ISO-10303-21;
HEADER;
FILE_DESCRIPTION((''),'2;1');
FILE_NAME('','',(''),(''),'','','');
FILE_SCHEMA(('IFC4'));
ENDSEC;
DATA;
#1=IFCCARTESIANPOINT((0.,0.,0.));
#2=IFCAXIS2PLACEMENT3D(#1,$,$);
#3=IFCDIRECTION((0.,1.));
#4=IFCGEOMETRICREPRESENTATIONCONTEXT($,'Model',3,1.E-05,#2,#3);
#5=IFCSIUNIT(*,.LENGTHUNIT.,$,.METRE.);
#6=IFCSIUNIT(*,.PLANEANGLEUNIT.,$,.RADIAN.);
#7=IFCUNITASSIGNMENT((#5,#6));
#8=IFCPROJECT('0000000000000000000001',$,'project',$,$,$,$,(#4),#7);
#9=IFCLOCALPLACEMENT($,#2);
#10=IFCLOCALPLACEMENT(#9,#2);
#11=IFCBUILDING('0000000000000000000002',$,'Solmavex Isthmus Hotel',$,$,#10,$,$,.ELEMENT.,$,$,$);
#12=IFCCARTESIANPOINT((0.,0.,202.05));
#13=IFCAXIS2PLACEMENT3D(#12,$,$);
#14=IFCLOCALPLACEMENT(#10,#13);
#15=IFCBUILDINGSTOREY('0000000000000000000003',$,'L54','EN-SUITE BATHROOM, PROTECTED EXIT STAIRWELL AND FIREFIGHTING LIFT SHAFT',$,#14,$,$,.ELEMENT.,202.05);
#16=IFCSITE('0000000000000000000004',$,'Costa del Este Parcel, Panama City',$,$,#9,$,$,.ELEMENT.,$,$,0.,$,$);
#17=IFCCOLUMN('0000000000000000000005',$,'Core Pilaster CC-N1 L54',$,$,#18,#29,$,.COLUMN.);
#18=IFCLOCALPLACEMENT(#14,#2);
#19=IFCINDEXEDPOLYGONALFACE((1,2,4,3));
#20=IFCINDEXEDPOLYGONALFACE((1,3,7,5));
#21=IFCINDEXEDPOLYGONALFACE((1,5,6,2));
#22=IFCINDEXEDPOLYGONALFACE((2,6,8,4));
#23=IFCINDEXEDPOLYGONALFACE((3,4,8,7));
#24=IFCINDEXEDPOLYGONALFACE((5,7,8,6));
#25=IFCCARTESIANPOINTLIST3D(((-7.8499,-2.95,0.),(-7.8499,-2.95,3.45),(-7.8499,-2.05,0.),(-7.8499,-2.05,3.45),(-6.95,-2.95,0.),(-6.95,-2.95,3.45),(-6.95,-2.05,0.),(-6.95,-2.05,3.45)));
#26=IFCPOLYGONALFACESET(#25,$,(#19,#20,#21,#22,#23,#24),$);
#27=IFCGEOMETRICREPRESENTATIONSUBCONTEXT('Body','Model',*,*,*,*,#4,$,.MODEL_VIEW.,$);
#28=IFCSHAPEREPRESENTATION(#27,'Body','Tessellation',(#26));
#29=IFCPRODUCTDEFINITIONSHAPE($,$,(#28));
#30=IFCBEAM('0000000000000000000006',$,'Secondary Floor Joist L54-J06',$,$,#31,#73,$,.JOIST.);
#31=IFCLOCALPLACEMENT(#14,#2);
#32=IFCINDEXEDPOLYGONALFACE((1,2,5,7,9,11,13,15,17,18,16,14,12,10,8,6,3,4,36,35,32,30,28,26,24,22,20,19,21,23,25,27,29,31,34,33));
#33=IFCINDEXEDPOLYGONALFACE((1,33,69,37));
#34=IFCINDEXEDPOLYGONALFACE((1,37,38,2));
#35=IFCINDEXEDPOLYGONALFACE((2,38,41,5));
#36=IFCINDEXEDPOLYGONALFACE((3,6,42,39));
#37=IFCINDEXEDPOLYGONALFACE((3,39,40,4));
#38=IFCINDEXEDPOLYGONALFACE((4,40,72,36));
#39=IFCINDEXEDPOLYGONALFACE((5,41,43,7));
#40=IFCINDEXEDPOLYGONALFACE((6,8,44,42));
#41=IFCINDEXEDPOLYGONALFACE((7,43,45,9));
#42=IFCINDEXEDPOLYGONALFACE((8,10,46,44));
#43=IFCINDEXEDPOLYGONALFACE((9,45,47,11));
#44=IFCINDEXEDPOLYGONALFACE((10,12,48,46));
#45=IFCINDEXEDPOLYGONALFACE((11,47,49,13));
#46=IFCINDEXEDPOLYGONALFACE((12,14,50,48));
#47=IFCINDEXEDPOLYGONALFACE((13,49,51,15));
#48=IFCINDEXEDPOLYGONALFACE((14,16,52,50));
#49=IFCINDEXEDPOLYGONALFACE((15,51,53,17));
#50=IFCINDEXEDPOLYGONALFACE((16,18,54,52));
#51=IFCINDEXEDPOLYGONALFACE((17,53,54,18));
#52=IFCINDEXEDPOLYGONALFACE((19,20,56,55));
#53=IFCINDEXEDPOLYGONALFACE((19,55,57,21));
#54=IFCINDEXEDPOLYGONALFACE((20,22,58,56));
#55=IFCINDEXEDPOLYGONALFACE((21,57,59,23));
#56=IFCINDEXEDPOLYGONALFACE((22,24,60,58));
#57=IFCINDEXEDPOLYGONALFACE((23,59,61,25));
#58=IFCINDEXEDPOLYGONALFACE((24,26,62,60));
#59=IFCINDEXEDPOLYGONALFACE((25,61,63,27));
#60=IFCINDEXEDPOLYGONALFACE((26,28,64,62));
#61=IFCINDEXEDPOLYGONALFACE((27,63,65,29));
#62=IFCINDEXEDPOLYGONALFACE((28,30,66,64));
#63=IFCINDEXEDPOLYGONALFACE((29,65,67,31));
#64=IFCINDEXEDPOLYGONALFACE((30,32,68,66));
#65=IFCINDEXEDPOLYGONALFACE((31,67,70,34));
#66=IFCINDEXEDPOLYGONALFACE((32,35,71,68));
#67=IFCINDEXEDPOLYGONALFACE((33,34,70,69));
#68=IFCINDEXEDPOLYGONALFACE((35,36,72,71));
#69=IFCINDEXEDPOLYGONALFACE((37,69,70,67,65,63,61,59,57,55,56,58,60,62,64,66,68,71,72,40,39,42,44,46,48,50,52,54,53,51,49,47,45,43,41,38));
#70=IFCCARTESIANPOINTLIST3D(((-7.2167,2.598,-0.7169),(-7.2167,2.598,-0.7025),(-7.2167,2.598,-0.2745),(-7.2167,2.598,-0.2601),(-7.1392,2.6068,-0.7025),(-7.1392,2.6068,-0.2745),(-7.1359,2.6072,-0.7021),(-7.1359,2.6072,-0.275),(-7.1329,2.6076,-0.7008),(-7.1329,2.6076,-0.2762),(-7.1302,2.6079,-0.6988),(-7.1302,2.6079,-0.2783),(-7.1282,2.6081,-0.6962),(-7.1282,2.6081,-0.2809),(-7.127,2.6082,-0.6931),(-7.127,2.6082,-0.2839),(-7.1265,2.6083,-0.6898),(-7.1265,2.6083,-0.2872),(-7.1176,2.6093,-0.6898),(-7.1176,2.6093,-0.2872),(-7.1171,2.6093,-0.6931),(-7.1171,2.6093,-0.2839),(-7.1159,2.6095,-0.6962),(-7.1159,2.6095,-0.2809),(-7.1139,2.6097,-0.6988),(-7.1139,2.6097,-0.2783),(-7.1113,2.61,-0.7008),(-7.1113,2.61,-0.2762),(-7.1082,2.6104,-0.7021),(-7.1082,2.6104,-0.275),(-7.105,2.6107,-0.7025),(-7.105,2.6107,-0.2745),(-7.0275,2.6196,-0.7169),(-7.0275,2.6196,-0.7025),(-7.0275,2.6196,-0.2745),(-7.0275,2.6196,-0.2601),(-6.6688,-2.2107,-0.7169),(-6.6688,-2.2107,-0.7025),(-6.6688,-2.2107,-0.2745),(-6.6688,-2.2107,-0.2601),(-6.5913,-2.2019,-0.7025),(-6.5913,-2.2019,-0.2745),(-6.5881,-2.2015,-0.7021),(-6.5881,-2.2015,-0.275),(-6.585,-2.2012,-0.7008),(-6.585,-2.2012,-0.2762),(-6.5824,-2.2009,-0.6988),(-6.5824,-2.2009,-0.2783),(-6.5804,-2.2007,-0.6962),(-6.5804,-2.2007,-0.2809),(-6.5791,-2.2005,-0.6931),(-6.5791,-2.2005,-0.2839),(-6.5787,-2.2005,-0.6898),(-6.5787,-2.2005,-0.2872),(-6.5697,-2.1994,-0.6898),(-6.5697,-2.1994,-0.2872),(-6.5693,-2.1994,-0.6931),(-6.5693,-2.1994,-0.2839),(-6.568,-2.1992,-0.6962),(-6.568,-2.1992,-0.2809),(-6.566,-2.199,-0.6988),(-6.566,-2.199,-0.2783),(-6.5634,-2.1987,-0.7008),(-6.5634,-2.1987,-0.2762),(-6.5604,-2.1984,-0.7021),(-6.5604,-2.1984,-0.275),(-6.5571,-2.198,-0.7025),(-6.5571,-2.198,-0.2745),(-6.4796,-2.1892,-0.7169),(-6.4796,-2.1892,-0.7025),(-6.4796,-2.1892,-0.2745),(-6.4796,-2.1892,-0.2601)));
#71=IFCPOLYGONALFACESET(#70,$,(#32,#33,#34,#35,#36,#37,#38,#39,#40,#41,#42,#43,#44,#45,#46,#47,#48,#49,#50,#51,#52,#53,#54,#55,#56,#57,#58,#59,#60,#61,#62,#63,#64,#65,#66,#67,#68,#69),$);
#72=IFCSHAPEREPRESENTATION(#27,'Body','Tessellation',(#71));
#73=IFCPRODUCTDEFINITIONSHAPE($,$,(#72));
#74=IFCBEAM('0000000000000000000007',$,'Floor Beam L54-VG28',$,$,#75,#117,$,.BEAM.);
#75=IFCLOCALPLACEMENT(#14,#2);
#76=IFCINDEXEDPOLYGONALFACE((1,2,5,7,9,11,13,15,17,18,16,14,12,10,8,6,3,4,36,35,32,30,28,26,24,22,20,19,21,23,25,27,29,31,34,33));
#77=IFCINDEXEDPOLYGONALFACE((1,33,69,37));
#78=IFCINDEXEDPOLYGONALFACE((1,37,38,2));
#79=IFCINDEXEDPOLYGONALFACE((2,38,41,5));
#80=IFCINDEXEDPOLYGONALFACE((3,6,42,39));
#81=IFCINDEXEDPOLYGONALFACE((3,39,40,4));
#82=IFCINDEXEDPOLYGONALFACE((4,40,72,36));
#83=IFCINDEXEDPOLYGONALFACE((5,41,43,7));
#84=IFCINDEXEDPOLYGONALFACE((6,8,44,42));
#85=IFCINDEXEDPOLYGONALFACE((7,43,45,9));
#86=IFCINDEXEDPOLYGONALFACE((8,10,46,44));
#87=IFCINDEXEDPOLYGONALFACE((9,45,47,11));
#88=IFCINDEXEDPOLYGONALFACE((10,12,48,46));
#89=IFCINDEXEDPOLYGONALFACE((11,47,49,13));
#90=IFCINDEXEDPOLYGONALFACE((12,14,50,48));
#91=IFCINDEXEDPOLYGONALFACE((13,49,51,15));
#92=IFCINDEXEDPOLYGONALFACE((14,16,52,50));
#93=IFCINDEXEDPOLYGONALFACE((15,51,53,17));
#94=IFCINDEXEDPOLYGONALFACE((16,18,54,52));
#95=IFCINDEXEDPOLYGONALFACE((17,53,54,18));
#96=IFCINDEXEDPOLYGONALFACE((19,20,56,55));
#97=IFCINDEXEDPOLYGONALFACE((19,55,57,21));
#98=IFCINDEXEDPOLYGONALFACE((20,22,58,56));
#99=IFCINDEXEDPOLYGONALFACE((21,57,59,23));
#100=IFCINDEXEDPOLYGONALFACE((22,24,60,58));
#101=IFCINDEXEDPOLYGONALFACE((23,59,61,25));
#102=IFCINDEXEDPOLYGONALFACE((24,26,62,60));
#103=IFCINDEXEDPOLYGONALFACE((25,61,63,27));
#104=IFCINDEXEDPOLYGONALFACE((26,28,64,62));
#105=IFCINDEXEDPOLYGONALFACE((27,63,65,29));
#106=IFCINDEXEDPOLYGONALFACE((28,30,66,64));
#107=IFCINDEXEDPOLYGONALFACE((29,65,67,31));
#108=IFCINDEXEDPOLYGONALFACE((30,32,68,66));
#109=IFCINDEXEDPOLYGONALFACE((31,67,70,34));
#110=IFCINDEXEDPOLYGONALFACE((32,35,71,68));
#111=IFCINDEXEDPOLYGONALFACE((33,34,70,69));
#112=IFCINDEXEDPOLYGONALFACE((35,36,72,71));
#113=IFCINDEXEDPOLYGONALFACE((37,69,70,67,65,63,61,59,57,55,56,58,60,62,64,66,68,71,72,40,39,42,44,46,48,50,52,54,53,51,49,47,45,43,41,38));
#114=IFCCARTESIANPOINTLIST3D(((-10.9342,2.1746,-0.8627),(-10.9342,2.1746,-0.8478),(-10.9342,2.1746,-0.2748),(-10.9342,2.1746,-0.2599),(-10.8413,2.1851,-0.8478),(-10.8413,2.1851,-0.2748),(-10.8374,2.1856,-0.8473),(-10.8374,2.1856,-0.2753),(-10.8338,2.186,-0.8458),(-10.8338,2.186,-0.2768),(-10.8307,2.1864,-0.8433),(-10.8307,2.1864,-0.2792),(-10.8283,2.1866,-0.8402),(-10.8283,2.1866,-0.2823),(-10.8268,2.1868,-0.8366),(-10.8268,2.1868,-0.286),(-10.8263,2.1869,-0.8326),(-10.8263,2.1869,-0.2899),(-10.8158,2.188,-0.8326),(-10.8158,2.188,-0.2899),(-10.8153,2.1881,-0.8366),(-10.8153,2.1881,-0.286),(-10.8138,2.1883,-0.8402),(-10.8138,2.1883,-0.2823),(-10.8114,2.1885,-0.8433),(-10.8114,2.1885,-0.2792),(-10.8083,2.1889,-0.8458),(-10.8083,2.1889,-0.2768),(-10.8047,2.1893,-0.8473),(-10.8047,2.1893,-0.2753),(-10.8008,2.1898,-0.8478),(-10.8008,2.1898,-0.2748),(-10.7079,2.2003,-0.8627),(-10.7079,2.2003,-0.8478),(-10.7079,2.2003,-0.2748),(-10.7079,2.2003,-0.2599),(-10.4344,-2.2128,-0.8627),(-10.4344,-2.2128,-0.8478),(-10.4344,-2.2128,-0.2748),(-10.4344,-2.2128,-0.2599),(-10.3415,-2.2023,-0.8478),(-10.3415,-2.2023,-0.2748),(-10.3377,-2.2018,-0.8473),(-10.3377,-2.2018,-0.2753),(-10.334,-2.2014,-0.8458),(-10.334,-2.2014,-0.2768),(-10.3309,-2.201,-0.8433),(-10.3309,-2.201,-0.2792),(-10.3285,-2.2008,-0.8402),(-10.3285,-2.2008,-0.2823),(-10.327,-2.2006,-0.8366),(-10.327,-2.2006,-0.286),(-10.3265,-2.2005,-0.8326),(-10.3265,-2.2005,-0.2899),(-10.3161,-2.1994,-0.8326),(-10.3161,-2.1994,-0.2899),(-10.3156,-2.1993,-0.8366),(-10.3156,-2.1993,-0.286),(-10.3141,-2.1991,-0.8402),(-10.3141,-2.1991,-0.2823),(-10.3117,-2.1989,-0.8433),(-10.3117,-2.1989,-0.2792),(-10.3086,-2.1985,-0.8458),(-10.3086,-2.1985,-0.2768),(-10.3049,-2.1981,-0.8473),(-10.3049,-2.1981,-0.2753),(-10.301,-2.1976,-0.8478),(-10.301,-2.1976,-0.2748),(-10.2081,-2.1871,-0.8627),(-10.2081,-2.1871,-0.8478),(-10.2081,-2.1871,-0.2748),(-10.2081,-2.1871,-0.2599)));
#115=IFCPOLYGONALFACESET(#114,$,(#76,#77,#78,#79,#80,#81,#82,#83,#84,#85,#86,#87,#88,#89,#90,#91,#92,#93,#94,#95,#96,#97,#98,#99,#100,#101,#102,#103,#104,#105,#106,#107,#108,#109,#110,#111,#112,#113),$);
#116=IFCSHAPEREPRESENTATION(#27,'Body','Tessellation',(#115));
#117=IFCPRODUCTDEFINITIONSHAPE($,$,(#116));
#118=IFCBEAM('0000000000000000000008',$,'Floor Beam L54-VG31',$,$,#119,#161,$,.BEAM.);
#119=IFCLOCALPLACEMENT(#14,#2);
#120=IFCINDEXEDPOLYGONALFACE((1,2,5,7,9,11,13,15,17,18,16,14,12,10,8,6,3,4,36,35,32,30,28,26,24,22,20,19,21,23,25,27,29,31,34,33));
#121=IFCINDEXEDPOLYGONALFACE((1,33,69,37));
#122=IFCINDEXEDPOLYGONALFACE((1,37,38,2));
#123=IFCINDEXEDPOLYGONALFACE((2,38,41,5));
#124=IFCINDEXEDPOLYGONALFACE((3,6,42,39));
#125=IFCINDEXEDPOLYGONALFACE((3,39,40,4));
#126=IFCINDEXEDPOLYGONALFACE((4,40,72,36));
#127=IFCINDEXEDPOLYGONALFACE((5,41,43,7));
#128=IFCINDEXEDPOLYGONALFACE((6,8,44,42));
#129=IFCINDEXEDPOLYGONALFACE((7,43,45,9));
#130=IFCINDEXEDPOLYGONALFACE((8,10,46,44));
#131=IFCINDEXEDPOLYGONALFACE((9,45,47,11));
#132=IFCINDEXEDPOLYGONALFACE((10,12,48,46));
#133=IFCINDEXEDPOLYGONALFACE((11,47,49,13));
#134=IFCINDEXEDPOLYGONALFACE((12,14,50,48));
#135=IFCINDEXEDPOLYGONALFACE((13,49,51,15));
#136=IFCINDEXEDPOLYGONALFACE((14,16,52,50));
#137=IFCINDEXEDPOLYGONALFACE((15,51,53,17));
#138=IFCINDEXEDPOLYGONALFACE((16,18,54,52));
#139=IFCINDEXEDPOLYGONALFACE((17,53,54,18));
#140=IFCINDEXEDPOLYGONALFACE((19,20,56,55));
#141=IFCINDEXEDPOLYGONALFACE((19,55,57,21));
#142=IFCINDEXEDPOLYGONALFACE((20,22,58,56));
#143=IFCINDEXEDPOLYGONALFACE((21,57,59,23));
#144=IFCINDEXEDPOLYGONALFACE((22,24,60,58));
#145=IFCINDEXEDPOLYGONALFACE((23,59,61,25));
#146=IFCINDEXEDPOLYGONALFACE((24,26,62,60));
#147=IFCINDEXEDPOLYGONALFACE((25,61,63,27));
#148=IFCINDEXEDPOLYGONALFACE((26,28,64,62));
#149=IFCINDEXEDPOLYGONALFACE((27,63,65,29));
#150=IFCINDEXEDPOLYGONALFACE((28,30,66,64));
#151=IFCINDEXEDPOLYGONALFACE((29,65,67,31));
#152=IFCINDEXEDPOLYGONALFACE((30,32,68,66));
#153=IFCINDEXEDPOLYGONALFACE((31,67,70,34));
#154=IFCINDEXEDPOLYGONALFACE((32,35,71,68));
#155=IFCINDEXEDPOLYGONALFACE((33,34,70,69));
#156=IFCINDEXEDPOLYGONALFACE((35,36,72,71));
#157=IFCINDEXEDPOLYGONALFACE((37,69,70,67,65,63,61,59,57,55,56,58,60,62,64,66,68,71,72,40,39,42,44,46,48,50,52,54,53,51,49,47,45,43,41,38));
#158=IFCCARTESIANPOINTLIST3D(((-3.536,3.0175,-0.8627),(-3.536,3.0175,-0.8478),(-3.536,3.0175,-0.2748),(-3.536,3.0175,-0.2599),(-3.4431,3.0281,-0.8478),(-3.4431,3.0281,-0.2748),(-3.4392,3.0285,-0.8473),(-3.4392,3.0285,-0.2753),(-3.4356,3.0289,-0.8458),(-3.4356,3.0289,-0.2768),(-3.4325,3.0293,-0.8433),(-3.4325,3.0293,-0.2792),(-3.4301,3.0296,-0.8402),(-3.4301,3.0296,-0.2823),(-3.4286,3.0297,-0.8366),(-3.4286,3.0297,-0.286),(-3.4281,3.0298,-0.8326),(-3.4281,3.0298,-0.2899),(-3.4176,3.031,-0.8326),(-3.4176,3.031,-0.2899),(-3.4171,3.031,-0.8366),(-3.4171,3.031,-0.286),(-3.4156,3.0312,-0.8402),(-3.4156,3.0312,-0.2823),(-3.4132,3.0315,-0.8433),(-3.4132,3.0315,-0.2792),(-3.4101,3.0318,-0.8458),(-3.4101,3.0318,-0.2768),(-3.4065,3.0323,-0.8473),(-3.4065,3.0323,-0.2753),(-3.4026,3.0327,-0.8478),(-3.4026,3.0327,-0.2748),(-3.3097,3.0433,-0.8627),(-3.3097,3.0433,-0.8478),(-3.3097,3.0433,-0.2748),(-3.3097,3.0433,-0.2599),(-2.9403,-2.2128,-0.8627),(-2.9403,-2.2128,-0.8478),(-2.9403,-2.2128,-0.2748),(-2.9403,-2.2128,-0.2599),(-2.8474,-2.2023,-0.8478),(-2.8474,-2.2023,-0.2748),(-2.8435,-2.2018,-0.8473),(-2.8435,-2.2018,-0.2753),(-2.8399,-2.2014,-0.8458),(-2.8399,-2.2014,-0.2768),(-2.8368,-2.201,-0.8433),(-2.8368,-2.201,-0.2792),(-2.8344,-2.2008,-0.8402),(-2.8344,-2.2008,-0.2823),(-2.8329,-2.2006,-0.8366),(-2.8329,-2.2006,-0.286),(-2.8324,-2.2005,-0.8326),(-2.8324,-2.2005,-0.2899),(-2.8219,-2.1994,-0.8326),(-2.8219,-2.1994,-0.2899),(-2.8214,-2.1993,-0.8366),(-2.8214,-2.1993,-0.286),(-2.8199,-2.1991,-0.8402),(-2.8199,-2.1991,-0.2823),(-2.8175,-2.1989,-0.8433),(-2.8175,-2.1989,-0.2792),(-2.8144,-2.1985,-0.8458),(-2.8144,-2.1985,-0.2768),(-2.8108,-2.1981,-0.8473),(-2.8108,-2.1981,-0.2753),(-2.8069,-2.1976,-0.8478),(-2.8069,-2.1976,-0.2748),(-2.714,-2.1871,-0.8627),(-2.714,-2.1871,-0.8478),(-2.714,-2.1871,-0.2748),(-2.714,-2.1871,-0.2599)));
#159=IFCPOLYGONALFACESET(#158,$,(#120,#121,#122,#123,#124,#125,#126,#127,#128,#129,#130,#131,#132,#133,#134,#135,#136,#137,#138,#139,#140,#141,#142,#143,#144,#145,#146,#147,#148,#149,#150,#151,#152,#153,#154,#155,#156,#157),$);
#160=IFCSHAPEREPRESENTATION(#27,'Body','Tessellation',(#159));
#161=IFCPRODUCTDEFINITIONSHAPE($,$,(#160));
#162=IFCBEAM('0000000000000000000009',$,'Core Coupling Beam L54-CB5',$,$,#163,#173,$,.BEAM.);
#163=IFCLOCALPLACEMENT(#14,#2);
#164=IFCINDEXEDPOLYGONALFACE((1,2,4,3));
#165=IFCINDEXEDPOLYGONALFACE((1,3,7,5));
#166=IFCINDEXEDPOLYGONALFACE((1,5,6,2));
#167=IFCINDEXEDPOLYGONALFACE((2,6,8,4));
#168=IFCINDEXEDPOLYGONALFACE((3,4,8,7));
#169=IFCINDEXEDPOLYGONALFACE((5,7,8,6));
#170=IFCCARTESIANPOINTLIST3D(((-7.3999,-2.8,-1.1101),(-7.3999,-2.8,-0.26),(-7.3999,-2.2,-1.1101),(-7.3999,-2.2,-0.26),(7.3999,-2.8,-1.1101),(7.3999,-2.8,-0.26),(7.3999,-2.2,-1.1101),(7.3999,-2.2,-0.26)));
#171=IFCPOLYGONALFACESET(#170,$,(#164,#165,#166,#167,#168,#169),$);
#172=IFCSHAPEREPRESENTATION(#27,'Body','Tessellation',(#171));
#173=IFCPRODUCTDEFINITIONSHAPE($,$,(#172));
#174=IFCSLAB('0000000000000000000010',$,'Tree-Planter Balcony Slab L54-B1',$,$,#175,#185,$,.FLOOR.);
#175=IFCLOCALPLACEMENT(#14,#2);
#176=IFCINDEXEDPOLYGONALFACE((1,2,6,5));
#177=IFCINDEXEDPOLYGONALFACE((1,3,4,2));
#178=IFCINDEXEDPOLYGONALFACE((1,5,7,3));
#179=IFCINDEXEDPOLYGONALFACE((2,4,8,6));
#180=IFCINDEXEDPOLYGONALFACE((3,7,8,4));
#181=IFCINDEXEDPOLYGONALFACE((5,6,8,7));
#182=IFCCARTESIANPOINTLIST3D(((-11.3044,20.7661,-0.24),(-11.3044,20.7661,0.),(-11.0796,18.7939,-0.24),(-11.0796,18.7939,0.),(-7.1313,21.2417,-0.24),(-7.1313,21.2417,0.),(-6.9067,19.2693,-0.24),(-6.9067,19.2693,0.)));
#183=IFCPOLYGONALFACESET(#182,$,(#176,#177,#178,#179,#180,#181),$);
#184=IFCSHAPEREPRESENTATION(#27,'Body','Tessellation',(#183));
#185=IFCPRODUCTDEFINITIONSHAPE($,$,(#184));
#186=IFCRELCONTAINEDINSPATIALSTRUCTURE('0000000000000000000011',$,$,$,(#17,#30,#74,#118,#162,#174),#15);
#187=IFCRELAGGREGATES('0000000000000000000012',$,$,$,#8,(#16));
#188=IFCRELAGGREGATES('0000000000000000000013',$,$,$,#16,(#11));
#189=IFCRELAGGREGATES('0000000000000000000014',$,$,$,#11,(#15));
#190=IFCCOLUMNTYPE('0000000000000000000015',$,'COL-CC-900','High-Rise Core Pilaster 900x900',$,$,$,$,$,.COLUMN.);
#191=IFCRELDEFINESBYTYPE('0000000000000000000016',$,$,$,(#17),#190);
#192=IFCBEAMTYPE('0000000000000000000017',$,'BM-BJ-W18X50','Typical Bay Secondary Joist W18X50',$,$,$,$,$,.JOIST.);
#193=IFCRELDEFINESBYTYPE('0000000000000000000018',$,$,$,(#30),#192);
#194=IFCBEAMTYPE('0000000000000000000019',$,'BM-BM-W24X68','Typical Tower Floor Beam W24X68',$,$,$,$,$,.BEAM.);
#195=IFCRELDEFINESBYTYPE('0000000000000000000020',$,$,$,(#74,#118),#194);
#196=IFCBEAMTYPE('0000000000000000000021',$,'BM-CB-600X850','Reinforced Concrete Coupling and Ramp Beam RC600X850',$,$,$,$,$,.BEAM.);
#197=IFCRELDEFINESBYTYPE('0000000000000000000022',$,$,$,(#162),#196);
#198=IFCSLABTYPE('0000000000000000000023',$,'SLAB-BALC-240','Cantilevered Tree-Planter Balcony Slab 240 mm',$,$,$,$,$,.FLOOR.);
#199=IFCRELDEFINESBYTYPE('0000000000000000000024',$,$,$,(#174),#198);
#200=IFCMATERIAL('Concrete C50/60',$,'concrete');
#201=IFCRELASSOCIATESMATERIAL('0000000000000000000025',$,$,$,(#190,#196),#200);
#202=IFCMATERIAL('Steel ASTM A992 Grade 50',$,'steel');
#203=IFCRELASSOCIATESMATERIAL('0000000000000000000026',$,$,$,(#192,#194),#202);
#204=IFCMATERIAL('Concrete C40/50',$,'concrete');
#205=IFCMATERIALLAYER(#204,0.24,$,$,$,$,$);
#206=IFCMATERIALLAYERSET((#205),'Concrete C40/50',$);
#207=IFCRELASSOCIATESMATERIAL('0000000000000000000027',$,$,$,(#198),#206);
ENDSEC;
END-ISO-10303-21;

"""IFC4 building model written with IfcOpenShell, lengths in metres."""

from ifc_helpers import new_model, si_unit, direction, frame, origin, origin_2d, place, context, subcontext, project, spatial, polyline, rectangle, i_section, outline, extrude, material, layer, layer_set, material_profile, profile_set, type_object, element, save


model = new_model("IFC4")

# Units and contexts
model_context = context("Model", 3, precision=1e-05, world=origin(), true_north=direction((0.0, 1.0)))
body_context = subcontext(model_context, "Body", "Model", "MODEL_VIEW")
ifc_project = project(units=[si_unit("LENGTHUNIT", "METRE"), si_unit("PLANEANGLEUNIT", "RADIAN")], contexts=[model_context])

# Site, building, storey
site_placement = place(None, origin())
site = spatial("IfcSite", under=ifc_project, at=site_placement, Name="Costa del Este Parcel, Panama City", CompositionType="ELEMENT", RefElevation=0.0)
building_placement = place(site_placement, origin())
building = spatial("IfcBuilding", under=site, at=building_placement, Name="Solmavex Isthmus Hotel", CompositionType="ELEMENT")
storey_placement = place(building_placement, frame((0.0, 0.0, 202.05)))
storey = spatial("IfcBuildingStorey", under=building, at=storey_placement, Name="L54", Description="EN-SUITE BATHROOM, PROTECTED EXIT STAIRWELL AND FIREFIGHTING LIFT SHAFT", CompositionType="ELEMENT", Elevation=202.05)

# Column
ifc_material_1 = material(Name="Concrete C50/60", Category="concrete")
ifc_material_profile_1 = material_profile(ifc_material_1, rectangle(XDim=0.8999, YDim=0.8999, at=origin_2d()), Name="RC900X900")
ifc_profile_set_1 = profile_set([ifc_material_profile_1], Name="Concrete C50/60")
column_type = type_object("IfcColumnType", Name="COL-CC-900", Description="High-Rise Core Pilaster 900x900", PredefinedType="COLUMN", material=ifc_profile_set_1)
column_placement = place(storey_placement, frame((-7.3999, -2.5, 0.0), z_axis=(0.0, 0.0, 1.0), x_axis=(1.0, 0.0, 0.0)))
element("IfcColumn", 1, at=column_placement, inside=storey, type_object=column_type, Name="Core Pilaster CC-N1 L54", PredefinedType="COLUMN", context=body_context, shape_type="SweptSolid", body=[
    extrude(rectangle(XDim=0.8999, YDim=0.8999, at=origin_2d()), origin(), (0.0, 0.0, 1.0), 3.45),
])

# Beams
ifc_material_2 = material(Name="Steel ASTM A992 Grade 50", Category="steel")
ifc_material_profile_2 = material_profile(ifc_material_2, i_section(OverallWidth=0.1904, OverallDepth=0.4568, WebThickness=0.009, FlangeThickness=0.0144, FilletRadius=0.0127, at=origin_2d()), Name="W18X50")
ifc_profile_set_2 = profile_set([ifc_material_profile_2], Name="Steel ASTM A992 Grade 50")
beam_type_1 = type_object("IfcBeamType", Name="BM-BJ-W18X50", Description="Typical Bay Secondary Joist W18X50", PredefinedType="JOIST", material=ifc_profile_set_2)
beam_1_placement = place(storey_placement, frame((-6.5742, -2.2, -0.4885), z_axis=(-0.113194, 0.993573, 0.0), x_axis=(-0.993573, -0.113194, 0.0)))
element("IfcBeam", 2, at=beam_1_placement, inside=storey, type_object=beam_type_1, Name="Secondary Floor Joist L54-J06", PredefinedType="JOIST", context=body_context, shape_type="SweptSolid", body=[
    extrude(i_section(OverallWidth=0.1904, OverallDepth=0.4568, WebThickness=0.009, FlangeThickness=0.0144, FilletRadius=0.0127, at=origin_2d()), origin(), (0.0, 0.0, 1.0), 4.8398),
])
ifc_material_profile_3 = material_profile(ifc_material_2, i_section(OverallWidth=0.2278, OverallDepth=0.6028, WebThickness=0.0105, FlangeThickness=0.0149, FilletRadius=0.0151, at=origin_2d()), Name="W24X68")
ifc_profile_set_3 = profile_set([ifc_material_profile_3], Name="Steel ASTM A992 Grade 50")
beam_type_2 = type_object("IfcBeamType", Name="BM-BM-W24X68", Description="Typical Tower Floor Beam W24X68", PredefinedType="BEAM", material=ifc_profile_set_3)
beam_2_placement = place(storey_placement, frame((-10.3213, -2.2, -0.5613), z_axis=(-0.113174, 0.993575, 0.0), x_axis=(-0.993575, -0.113174, 0.0)))
element("IfcBeam", 3, at=beam_2_placement, inside=storey, type_object=beam_type_2, Name="Floor Beam L54-VG28", PredefinedType="BEAM", context=body_context, shape_type="SweptSolid", body=[
    extrude(i_section(OverallWidth=0.2278, OverallDepth=0.6028, WebThickness=0.0105, FlangeThickness=0.0149, FilletRadius=0.0151, at=origin_2d()), origin(), (0.0, 0.0, 1.0), 4.4158),
])
beam_3_placement = place(storey_placement, frame((-2.8271, -2.2, -0.5613), z_axis=(-0.113159, 0.993577, 0.0), x_axis=(-0.993577, -0.113159, 0.0)))
element("IfcBeam", 4, at=beam_3_placement, inside=storey, type_object=beam_type_2, Name="Floor Beam L54-VG31", PredefinedType="BEAM", context=body_context, shape_type="SweptSolid", body=[
    extrude(i_section(OverallWidth=0.2278, OverallDepth=0.6028, WebThickness=0.0105, FlangeThickness=0.0149, FilletRadius=0.0151, at=origin_2d()), origin(), (0.0, 0.0, 1.0), 5.2642),
])
ifc_material_profile_4 = material_profile(ifc_material_1, rectangle(XDim=0.6001, YDim=0.8501, at=origin_2d()), Name="RC600X850")
ifc_profile_set_4 = profile_set([ifc_material_profile_4], Name="Concrete C50/60")
beam_type_3 = type_object("IfcBeamType", Name="BM-CB-600X850", Description="Reinforced Concrete Coupling and Ramp Beam RC600X850", PredefinedType="BEAM", material=ifc_profile_set_4)
beam_4_placement = place(storey_placement, frame((-7.3999, -2.5, -0.6851), z_axis=(1.0, 0.0, 0.0), x_axis=(0.0, 1.0, 0.0)))
element("IfcBeam", 5, at=beam_4_placement, inside=storey, type_object=beam_type_3, Name="Core Coupling Beam L54-CB5", PredefinedType="BEAM", context=body_context, shape_type="SweptSolid", body=[
    extrude(rectangle(XDim=0.6001, YDim=0.8501, at=origin_2d()), origin(), (0.0, 0.0, 1.0), 14.7998),
])

# Slab
ifc_material_3 = material(Name="Concrete C40/50", Category="concrete")
ifc_layer_1 = layer(ifc_material_3, 0.24)
ifc_layer_set_1 = layer_set([ifc_layer_1], Name="Concrete C40/50")
slab_type_1 = type_object("IfcSlabType", Name="SLAB-BALC-240", Description="Cantilevered Tree-Planter Balcony Slab 240 mm", PredefinedType="FLOOR", material=ifc_layer_set_1)
slab_1_placement = place(storey_placement, frame((0.0, 0.0, -0.24)))
element("IfcSlab", 6, at=slab_1_placement, inside=storey, type_object=slab_type_1, Name="Tree-Planter Balcony Slab L54-B1", PredefinedType="FLOOR", context=body_context, shape_type="SweptSolid", body=[
    extrude(outline(polyline([(-11.0796, 18.7939), (-6.9067, 19.2693), (-7.1313, 21.2417), (-11.3044, 20.7661), (-11.0796, 18.7939)])), origin(), (0.0, 0.0, 1.0), 0.24),
])

save(model, "model.ifc")
